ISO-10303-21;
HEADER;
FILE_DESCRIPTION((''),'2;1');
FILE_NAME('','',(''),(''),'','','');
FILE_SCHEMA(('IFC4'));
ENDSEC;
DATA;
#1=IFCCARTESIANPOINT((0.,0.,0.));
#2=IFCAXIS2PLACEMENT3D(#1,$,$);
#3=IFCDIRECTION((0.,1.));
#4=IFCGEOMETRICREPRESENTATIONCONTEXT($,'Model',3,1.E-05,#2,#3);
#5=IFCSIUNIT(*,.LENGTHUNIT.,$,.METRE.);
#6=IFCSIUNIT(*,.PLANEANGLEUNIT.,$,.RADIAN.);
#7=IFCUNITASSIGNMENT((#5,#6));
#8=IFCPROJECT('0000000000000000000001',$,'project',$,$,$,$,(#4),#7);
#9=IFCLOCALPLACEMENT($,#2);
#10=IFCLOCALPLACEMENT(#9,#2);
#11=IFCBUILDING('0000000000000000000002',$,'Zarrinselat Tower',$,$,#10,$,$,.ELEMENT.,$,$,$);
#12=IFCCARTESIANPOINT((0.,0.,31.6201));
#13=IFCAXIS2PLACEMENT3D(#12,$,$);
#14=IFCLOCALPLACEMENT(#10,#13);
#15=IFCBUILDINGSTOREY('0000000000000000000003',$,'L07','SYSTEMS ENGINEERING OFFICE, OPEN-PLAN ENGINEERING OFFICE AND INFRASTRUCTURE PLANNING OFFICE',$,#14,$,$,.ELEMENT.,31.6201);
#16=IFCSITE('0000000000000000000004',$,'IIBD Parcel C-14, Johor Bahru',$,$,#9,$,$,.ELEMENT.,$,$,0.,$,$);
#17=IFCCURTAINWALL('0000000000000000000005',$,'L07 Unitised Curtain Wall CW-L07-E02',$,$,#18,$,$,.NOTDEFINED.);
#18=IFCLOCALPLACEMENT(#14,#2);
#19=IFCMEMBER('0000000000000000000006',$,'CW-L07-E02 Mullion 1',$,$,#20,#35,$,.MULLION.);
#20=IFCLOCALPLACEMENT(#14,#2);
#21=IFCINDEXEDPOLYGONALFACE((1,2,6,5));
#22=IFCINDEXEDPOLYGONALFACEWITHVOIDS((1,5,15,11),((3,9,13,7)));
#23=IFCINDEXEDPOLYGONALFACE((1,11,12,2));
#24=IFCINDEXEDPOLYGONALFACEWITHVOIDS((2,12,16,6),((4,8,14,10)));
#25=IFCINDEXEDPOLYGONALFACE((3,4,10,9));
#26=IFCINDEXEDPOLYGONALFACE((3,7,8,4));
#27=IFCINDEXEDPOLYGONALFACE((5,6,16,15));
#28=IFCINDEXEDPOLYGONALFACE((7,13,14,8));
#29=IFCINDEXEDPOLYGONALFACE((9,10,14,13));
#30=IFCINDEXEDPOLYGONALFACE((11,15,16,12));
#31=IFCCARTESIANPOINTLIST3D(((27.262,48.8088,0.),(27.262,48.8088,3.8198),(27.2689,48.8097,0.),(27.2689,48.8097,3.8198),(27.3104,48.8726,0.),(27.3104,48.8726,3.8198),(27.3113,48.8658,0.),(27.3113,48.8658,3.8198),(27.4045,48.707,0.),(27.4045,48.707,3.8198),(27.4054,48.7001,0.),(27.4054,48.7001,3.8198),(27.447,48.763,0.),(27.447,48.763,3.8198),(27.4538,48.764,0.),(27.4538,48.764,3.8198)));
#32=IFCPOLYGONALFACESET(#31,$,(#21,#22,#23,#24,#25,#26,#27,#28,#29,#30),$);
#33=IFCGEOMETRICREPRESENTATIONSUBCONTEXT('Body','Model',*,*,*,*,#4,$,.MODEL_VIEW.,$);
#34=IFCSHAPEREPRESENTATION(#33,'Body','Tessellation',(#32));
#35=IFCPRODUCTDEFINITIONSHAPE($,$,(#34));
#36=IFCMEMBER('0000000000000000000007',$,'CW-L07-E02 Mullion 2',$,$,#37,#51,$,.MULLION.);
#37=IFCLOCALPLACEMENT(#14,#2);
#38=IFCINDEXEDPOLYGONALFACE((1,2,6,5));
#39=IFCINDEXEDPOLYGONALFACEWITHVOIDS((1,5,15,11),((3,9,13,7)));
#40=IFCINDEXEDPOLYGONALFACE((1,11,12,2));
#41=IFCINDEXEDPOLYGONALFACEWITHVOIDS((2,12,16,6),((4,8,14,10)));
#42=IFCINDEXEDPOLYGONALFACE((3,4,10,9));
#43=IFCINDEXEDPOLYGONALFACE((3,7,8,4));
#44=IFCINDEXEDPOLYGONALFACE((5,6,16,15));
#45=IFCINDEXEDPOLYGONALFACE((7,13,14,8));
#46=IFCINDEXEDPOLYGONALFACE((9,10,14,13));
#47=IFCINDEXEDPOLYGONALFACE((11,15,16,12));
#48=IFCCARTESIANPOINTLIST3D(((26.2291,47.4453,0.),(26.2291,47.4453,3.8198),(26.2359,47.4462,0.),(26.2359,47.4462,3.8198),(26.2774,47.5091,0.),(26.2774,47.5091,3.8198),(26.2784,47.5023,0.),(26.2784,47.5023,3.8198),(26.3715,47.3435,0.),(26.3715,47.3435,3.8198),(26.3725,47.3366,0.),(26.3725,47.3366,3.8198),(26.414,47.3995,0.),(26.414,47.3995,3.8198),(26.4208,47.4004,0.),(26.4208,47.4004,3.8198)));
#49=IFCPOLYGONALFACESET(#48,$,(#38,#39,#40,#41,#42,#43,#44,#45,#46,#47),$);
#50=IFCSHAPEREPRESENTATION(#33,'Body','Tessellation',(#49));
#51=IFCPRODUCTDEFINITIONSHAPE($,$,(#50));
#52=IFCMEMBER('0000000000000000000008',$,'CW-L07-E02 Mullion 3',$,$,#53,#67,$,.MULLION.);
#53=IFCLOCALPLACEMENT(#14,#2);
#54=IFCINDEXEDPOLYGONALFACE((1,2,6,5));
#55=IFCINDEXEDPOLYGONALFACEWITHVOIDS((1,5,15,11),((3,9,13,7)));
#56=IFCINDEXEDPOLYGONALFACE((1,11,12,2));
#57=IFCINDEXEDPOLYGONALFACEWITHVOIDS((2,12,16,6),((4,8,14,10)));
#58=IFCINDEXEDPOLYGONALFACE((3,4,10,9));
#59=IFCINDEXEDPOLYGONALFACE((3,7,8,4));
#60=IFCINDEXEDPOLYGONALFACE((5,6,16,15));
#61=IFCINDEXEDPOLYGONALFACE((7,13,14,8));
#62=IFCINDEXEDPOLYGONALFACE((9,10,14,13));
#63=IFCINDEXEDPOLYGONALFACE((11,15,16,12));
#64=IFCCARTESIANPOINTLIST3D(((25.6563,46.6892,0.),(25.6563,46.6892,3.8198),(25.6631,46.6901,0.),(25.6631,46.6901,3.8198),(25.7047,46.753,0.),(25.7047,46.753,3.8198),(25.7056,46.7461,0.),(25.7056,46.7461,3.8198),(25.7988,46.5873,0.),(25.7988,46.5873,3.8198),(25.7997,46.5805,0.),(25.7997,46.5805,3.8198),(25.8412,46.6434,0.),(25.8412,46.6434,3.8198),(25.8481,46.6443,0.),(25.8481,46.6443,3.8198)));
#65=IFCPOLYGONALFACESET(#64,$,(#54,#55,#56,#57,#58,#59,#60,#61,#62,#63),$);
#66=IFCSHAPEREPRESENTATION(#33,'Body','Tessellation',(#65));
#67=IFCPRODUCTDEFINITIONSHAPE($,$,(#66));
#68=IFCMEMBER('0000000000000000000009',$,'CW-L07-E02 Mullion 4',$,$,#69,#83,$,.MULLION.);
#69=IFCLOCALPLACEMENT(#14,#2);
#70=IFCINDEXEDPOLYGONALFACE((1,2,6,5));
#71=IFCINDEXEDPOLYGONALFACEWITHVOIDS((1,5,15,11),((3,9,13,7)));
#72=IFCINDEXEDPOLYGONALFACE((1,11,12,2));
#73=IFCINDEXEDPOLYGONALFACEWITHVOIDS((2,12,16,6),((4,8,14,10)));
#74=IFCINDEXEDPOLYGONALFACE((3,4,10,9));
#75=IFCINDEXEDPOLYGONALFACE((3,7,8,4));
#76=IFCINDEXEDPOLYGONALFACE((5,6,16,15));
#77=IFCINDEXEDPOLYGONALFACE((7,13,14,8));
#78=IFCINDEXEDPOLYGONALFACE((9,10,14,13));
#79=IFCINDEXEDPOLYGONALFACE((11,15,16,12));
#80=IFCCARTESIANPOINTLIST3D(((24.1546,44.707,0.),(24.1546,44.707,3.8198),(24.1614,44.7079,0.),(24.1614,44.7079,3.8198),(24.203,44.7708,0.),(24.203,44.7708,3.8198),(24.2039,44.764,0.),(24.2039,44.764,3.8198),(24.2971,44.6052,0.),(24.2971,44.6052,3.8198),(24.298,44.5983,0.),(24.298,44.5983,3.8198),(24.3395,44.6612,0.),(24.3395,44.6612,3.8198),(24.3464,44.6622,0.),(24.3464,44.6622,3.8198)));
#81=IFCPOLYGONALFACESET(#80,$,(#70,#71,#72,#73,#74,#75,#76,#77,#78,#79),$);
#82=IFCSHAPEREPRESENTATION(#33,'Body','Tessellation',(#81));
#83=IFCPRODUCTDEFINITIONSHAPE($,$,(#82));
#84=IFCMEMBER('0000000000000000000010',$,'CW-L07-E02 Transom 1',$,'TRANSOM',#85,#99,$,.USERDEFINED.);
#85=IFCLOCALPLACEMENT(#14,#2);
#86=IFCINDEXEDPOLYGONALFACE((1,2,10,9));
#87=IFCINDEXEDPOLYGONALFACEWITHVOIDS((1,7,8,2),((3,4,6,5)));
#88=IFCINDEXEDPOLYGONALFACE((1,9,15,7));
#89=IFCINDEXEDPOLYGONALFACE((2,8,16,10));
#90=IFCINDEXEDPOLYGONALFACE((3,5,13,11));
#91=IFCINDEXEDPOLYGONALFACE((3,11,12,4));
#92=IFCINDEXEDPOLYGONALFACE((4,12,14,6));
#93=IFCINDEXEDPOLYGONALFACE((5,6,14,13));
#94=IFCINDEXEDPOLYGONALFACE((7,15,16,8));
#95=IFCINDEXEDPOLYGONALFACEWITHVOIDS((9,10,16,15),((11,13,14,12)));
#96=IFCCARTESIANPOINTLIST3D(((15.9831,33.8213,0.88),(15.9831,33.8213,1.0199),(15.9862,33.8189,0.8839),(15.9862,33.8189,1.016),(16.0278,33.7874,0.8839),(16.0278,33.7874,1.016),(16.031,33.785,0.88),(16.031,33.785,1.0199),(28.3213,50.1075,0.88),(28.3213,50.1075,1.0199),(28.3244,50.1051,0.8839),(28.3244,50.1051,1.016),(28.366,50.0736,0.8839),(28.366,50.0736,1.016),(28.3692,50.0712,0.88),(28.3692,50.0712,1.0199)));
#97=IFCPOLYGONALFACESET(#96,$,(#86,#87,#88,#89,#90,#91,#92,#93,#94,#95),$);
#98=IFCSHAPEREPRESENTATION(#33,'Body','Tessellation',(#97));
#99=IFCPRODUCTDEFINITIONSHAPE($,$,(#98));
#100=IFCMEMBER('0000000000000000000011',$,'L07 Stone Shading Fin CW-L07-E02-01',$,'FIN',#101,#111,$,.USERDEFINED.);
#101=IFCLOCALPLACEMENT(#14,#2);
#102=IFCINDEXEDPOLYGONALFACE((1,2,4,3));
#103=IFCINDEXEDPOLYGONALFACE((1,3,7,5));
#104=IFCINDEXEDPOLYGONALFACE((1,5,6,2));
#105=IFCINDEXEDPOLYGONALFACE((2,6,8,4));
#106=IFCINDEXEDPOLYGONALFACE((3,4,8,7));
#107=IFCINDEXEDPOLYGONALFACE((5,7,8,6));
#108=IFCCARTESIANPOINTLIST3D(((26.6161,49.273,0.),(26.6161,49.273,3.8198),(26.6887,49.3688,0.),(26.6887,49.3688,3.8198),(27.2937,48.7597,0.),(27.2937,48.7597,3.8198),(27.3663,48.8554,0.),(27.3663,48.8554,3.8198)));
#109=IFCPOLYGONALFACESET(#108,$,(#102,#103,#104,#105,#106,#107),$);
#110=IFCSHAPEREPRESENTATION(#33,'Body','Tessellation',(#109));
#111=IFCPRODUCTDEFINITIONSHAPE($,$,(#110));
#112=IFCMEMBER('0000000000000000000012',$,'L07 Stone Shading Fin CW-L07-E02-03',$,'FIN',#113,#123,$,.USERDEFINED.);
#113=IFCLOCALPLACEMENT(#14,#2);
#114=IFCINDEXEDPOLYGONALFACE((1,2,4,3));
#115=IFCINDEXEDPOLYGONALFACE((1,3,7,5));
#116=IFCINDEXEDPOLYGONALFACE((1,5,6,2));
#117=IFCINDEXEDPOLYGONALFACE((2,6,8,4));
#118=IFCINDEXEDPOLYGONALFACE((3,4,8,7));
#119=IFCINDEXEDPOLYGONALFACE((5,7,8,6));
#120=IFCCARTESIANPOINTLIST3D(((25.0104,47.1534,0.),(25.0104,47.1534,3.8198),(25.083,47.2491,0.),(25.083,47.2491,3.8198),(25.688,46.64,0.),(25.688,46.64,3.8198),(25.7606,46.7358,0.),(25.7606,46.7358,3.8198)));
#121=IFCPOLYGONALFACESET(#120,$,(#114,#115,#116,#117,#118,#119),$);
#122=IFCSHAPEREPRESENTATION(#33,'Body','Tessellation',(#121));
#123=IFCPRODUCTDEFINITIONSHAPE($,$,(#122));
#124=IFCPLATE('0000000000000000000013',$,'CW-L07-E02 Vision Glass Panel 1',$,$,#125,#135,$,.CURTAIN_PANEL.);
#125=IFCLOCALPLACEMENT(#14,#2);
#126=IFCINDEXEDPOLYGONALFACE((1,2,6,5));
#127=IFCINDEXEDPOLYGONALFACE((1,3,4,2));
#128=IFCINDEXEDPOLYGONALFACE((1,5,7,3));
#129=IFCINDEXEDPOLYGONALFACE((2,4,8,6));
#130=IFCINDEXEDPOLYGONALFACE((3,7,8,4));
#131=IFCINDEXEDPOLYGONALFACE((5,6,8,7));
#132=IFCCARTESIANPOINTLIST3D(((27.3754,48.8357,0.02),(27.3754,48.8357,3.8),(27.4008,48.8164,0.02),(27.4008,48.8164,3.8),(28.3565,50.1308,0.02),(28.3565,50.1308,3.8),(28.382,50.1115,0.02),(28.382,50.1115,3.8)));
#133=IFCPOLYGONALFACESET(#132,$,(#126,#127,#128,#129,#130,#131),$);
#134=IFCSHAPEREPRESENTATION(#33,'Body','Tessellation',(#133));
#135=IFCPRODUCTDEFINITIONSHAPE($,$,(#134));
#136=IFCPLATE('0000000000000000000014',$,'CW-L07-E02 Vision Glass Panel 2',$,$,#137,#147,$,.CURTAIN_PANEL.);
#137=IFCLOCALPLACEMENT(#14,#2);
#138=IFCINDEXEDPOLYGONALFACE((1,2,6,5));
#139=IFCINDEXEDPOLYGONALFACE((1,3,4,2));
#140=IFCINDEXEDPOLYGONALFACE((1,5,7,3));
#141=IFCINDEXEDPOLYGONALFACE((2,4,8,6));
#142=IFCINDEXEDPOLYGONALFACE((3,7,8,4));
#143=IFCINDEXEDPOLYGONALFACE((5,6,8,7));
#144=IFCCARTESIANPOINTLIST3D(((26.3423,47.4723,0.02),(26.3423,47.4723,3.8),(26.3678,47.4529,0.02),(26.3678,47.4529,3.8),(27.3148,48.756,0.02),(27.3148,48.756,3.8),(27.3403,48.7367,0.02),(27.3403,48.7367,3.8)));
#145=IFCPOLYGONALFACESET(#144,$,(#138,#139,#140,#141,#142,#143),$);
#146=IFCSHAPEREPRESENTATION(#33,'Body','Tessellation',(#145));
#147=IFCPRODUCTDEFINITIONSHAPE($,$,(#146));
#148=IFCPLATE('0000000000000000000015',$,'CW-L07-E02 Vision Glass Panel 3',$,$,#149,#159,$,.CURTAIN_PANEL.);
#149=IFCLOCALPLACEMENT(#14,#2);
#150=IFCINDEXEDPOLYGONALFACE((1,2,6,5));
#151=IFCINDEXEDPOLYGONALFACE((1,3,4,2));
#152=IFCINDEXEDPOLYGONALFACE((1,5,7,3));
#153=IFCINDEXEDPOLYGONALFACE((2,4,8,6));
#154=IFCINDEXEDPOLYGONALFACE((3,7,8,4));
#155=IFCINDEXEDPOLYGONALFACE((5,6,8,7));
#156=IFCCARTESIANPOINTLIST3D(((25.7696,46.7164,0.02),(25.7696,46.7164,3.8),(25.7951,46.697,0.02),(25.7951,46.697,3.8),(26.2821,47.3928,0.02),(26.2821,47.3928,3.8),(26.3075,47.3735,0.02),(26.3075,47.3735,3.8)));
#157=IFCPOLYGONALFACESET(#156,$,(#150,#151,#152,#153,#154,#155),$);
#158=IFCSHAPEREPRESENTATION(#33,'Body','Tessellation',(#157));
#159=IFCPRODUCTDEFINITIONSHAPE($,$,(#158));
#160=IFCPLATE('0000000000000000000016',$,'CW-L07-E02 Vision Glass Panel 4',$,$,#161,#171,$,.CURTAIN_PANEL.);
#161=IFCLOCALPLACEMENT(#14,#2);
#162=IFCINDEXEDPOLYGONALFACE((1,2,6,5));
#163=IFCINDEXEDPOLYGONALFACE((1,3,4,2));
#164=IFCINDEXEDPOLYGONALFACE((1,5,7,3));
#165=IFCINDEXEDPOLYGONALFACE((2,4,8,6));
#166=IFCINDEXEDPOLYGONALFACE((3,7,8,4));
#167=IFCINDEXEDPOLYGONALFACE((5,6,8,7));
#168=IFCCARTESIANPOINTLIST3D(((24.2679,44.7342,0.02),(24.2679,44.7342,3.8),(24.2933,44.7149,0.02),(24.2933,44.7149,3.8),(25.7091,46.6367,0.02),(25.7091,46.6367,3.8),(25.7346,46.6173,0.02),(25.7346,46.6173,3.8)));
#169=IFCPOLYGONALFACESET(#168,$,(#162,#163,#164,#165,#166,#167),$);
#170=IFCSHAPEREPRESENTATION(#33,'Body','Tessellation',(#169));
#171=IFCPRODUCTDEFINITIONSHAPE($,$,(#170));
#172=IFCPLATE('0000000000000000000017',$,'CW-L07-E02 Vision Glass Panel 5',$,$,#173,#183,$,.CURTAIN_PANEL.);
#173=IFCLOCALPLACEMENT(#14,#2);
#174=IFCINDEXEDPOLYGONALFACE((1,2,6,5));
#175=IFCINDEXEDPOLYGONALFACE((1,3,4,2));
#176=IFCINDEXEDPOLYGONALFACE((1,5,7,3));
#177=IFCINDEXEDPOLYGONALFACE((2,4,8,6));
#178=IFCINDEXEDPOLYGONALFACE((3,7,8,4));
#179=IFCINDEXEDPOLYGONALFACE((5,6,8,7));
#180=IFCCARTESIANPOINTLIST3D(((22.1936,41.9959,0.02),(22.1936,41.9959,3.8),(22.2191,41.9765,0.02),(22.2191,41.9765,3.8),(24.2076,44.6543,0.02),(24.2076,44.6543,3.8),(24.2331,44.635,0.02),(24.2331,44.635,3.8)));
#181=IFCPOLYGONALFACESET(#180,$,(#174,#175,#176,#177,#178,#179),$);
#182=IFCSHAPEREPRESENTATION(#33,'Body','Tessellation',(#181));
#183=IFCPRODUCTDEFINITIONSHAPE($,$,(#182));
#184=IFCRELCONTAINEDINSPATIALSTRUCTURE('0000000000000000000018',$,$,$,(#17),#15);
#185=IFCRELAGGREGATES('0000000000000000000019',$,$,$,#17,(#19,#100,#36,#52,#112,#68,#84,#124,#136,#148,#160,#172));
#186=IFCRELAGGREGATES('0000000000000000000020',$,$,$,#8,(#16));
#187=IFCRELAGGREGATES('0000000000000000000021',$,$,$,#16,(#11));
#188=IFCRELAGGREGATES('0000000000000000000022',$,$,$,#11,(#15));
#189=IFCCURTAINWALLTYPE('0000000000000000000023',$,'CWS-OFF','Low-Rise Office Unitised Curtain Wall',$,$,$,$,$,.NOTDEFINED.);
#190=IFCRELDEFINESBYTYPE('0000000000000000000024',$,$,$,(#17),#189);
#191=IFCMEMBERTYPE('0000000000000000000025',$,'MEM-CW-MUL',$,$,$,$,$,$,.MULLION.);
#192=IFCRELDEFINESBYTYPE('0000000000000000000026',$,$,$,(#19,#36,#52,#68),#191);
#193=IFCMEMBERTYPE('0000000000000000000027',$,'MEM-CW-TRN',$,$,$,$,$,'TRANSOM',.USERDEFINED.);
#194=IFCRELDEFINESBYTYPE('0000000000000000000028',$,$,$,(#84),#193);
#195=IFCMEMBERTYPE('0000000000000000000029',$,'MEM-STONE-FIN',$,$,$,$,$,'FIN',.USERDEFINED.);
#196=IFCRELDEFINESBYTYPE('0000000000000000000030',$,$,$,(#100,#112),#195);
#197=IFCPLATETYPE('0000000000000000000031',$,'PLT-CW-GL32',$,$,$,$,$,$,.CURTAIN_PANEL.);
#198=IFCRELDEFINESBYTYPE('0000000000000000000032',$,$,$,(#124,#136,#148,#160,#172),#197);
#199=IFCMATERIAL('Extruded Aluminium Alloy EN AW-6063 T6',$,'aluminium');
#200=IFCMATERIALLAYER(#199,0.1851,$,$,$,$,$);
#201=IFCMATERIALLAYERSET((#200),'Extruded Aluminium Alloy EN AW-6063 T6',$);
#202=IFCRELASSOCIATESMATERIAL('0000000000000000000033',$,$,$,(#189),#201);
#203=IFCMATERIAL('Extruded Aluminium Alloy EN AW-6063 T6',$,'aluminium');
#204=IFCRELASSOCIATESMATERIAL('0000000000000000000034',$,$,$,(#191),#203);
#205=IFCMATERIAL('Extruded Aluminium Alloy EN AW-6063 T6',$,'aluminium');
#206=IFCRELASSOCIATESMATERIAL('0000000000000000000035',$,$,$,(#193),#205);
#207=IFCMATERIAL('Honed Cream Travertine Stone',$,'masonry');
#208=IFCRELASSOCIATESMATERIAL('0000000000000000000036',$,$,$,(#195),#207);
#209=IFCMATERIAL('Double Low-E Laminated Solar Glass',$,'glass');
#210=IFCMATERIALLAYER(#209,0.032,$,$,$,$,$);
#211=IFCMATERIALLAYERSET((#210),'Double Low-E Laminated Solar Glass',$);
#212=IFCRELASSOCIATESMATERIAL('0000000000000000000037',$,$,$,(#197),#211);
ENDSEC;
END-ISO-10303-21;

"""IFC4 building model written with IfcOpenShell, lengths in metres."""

from ifc_helpers import new_model, si_unit, direction, frame, origin, origin_2d, place, context, subcontext, project, spatial, rectangle, hollow_rectangle, extrude, material, layer, layer_set, material_profile, profile_set, type_object, element, aggregate, save


model = new_model("IFC4")

# Units and contexts
model_context = context("Model", 3, precision=1e-05, world=origin(), true_north=direction((0.0, 1.0)))
body_context = subcontext(model_context, "Body", "Model", "MODEL_VIEW")
ifc_project = project(units=[si_unit("LENGTHUNIT", "METRE"), si_unit("PLANEANGLEUNIT", "RADIAN")], contexts=[model_context])

# Site, building, storey
site_placement = place(None, origin())
site = spatial("IfcSite", under=ifc_project, at=site_placement, Name="IIBD Parcel C-14, Johor Bahru", CompositionType="ELEMENT", RefElevation=0.0)
building_placement = place(site_placement, origin())
building = spatial("IfcBuilding", under=site, at=building_placement, Name="Zarrinselat Tower", CompositionType="ELEMENT")
storey_placement = place(building_placement, frame((0.0, 0.0, 31.6201)))
storey = spatial("IfcBuildingStorey", under=building, at=storey_placement, Name="L07", Description="SYSTEMS ENGINEERING OFFICE, OPEN-PLAN ENGINEERING OFFICE AND INFRASTRUCTURE PLANNING OFFICE", CompositionType="ELEMENT", Elevation=31.6201)

# Curtain wall, members, plates
ifc_material_1 = material(Name="Extruded Aluminium Alloy EN AW-6063 T6", Category="aluminium")
ifc_layer_1 = layer(ifc_material_1, 0.1851)
ifc_layer_set_1 = layer_set([ifc_layer_1], Name="Extruded Aluminium Alloy EN AW-6063 T6")
curtain_wall_type = type_object("IfcCurtainWallType", Name="CWS-OFF", Description="Low-Rise Office Unitised Curtain Wall", PredefinedType="NOTDEFINED", material=ifc_layer_set_1)
curtain_wall_placement = place(storey_placement, origin())
curtain_wall = element("IfcCurtainWall", 1, at=curtain_wall_placement, inside=storey, type_object=curtain_wall_type, Name="L07 Unitised Curtain Wall CW-L07-E02", PredefinedType="NOTDEFINED")
ifc_material_2 = material(Name="Extruded Aluminium Alloy EN AW-6063 T6", Category="aluminium")
ifc_material_profile_1 = material_profile(ifc_material_2, hollow_rectangle(XDim=0.0801, YDim=0.1799, WallThickness=0.0049, at=origin_2d()), Name="RHS 180x80x5")
ifc_profile_set_1 = profile_set([ifc_material_profile_1], Name="Extruded Aluminium Alloy EN AW-6063 T6")
member_type_1 = type_object("IfcMemberType", Name="MEM-CW-MUL", PredefinedType="MULLION", material=ifc_profile_set_1)
member_1_placement = place(storey_placement, frame((27.3579, 48.7864, 0.0), z_axis=(0.0, 0.0, 1.0), x_axis=(-0.603859, -0.797091, 0.0)))
member_1 = element("IfcMember", 2, at=member_1_placement, type_object=member_type_1, Name="CW-L07-E02 Mullion 1", PredefinedType="MULLION", context=body_context, shape_type="SweptSolid", body=[
    extrude(hollow_rectangle(XDim=0.0801, YDim=0.1799, WallThickness=0.0049, at=origin_2d()), origin(), (0.0, 0.0, 1.0), 3.8198),
])
member_2_placement = place(storey_placement, frame((26.325, 47.4229, 0.0), z_axis=(0.0, 0.0, 1.0), x_axis=(-0.603859, -0.797091, 0.0)))
member_2 = element("IfcMember", 3, at=member_2_placement, type_object=member_type_1, Name="CW-L07-E02 Mullion 2", PredefinedType="MULLION", context=body_context, shape_type="SweptSolid", body=[
    extrude(hollow_rectangle(XDim=0.0801, YDim=0.1799, WallThickness=0.0049, at=origin_2d()), origin(), (0.0, 0.0, 1.0), 3.8198),
])
member_3_placement = place(storey_placement, frame((25.7522, 46.6667, 0.0), z_axis=(0.0, 0.0, 1.0), x_axis=(-0.603859, -0.797091, 0.0)))
member_3 = element("IfcMember", 4, at=member_3_placement, type_object=member_type_1, Name="CW-L07-E02 Mullion 3", PredefinedType="MULLION", context=body_context, shape_type="SweptSolid", body=[
    extrude(hollow_rectangle(XDim=0.0801, YDim=0.1799, WallThickness=0.0049, at=origin_2d()), origin(), (0.0, 0.0, 1.0), 3.8198),
])
member_4_placement = place(storey_placement, frame((24.2505, 44.6846, 0.0), z_axis=(0.0, 0.0, 1.0), x_axis=(-0.603859, -0.797091, 0.0)))
member_4 = element("IfcMember", 5, at=member_4_placement, type_object=member_type_1, Name="CW-L07-E02 Mullion 4", PredefinedType="MULLION", context=body_context, shape_type="SweptSolid", body=[
    extrude(hollow_rectangle(XDim=0.0801, YDim=0.1799, WallThickness=0.0049, at=origin_2d()), origin(), (0.0, 0.0, 1.0), 3.8198),
])
ifc_material_3 = material(Name="Extruded Aluminium Alloy EN AW-6063 T6", Category="aluminium")
ifc_material_profile_2 = material_profile(ifc_material_3, hollow_rectangle(XDim=0.0601, YDim=0.1399, WallThickness=0.0039, at=origin_2d()), Name="RHS 140x60x4")
ifc_profile_set_2 = profile_set([ifc_material_profile_2], Name="Extruded Aluminium Alloy EN AW-6063 T6")
member_type_2 = type_object("IfcMemberType", Name="MEM-CW-TRN", ElementType="TRANSOM", PredefinedType="USERDEFINED", material=ifc_profile_set_2)
member_5_placement = place(storey_placement, frame((28.3452, 50.0894, 0.95), z_axis=(-0.603863, -0.797088, 0.0), x_axis=(0.797088, -0.603863, 0.0)))
member_5 = element("IfcMember", 6, at=member_5_placement, type_object=member_type_2, Name="CW-L07-E02 Transom 1", ObjectType="TRANSOM", PredefinedType="USERDEFINED", context=body_context, shape_type="SweptSolid", body=[
    extrude(hollow_rectangle(XDim=0.0601, YDim=0.1399, WallThickness=0.0039, at=origin_2d()), origin(), (0.0, 0.0, 1.0), 20.4321),
])
ifc_material_4 = material(Name="Honed Cream Travertine Stone", Category="masonry")
ifc_material_profile_3 = material_profile(ifc_material_4, rectangle(XDim=0.1201, YDim=0.8501, at=origin_2d()), Name="FIN 850x120")
ifc_profile_set_3 = profile_set([ifc_material_profile_3], Name="Honed Cream Travertine Stone")
member_type_3 = type_object("IfcMemberType", Name="MEM-STONE-FIN", ElementType="FIN", PredefinedType="USERDEFINED", material=ifc_profile_set_3)
member_6_placement = place(storey_placement, frame((26.9912, 49.0642, 0.0), z_axis=(0.0, 0.0, 1.0), x_axis=(0.603859, 0.797091, 0.0)))
member_6 = element("IfcMember", 7, at=member_6_placement, type_object=member_type_3, Name="L07 Stone Shading Fin CW-L07-E02-01", ObjectType="FIN", PredefinedType="USERDEFINED", context=body_context, shape_type="SweptSolid", body=[
    extrude(rectangle(XDim=0.1201, YDim=0.8501, at=origin_2d()), origin(), (0.0, 0.0, 1.0), 3.8198),
])
member_7_placement = place(storey_placement, frame((25.3855, 46.9446, 0.0), z_axis=(0.0, 0.0, 1.0), x_axis=(0.603859, 0.797091, 0.0)))
member_7 = element("IfcMember", 8, at=member_7_placement, type_object=member_type_3, Name="L07 Stone Shading Fin CW-L07-E02-03", ObjectType="FIN", PredefinedType="USERDEFINED", context=body_context, shape_type="SweptSolid", body=[
    extrude(rectangle(XDim=0.1201, YDim=0.8501, at=origin_2d()), origin(), (0.0, 0.0, 1.0), 3.8198),
])
ifc_material_5 = material(Name="Double Low-E Laminated Solar Glass", Category="glass")
ifc_layer_2 = layer(ifc_material_5, 0.032)
ifc_layer_set_2 = layer_set([ifc_layer_2], Name="Double Low-E Laminated Solar Glass")
plate_type = type_object("IfcPlateType", Name="PLT-CW-GL32", PredefinedType="CURTAIN_PANEL", material=ifc_layer_set_2)
plate_1_placement = place(storey_placement, frame((27.8787, 49.4736, 0.02), z_axis=(0.0, 0.0, 1.0), x_axis=(-0.603859, -0.797091, 0.0)))
plate_1 = element("IfcPlate", 9, at=plate_1_placement, type_object=plate_type, Name="CW-L07-E02 Vision Glass Panel 1", PredefinedType="CURTAIN_PANEL", context=body_context, shape_type="SweptSolid", body=[
    extrude(rectangle(XDim=1.6248, YDim=0.032, at=origin_2d()), origin(), (0.0, 0.0, 1.0), 3.78),
])
plate_2_placement = place(storey_placement, frame((26.8413, 48.1045, 0.02), z_axis=(0.0, 0.0, 1.0), x_axis=(-0.603859, -0.797091, 0.0)))
plate_2 = element("IfcPlate", 10, at=plate_2_placement, type_object=plate_type, Name="CW-L07-E02 Vision Glass Panel 2", PredefinedType="CURTAIN_PANEL", context=body_context, shape_type="SweptSolid", body=[
    extrude(rectangle(XDim=1.6106, YDim=0.032, at=origin_2d()), origin(), (0.0, 0.0, 1.0), 3.78),
])
plate_3_placement = place(storey_placement, frame((26.0386, 47.0449, 0.02), z_axis=(0.0, 0.0, 1.0), x_axis=(-0.603859, -0.797091, 0.0)))
plate_3 = element("IfcPlate", 11, at=plate_3_placement, type_object=plate_type, Name="CW-L07-E02 Vision Glass Panel 3", PredefinedType="CURTAIN_PANEL", context=body_context, shape_type="SweptSolid", body=[
    extrude(rectangle(XDim=0.8486, YDim=0.032, at=origin_2d()), origin(), (0.0, 0.0, 1.0), 3.78),
])
plate_4_placement = place(storey_placement, frame((25.0012, 45.6758, 0.02), z_axis=(0.0, 0.0, 1.0), x_axis=(-0.603859, -0.797091, 0.0)))
plate_4 = element("IfcPlate", 12, at=plate_4_placement, type_object=plate_type, Name="CW-L07-E02 Vision Glass Panel 4", PredefinedType="CURTAIN_PANEL", context=body_context, shape_type="SweptSolid", body=[
    extrude(rectangle(XDim=2.3867, YDim=0.032, at=origin_2d()), origin(), (0.0, 0.0, 1.0), 3.78),
])
plate_5_placement = place(storey_placement, frame((23.2134, 43.3154, 0.02), z_axis=(0.0, 0.0, 1.0), x_axis=(-0.603859, -0.797091, 0.0)))
plate_5 = element("IfcPlate", 13, at=plate_5_placement, type_object=plate_type, Name="CW-L07-E02 Vision Glass Panel 5", PredefinedType="CURTAIN_PANEL", context=body_context, shape_type="SweptSolid", body=[
    extrude(rectangle(XDim=3.3352, YDim=0.032, at=origin_2d()), origin(), (0.0, 0.0, 1.0), 3.78),
])
aggregate(curtain_wall, [member_1, member_6, member_2, member_3, member_7, member_4, member_5, plate_1, plate_2, plate_3, plate_4, plate_5])

save(model, "model.ifc")
